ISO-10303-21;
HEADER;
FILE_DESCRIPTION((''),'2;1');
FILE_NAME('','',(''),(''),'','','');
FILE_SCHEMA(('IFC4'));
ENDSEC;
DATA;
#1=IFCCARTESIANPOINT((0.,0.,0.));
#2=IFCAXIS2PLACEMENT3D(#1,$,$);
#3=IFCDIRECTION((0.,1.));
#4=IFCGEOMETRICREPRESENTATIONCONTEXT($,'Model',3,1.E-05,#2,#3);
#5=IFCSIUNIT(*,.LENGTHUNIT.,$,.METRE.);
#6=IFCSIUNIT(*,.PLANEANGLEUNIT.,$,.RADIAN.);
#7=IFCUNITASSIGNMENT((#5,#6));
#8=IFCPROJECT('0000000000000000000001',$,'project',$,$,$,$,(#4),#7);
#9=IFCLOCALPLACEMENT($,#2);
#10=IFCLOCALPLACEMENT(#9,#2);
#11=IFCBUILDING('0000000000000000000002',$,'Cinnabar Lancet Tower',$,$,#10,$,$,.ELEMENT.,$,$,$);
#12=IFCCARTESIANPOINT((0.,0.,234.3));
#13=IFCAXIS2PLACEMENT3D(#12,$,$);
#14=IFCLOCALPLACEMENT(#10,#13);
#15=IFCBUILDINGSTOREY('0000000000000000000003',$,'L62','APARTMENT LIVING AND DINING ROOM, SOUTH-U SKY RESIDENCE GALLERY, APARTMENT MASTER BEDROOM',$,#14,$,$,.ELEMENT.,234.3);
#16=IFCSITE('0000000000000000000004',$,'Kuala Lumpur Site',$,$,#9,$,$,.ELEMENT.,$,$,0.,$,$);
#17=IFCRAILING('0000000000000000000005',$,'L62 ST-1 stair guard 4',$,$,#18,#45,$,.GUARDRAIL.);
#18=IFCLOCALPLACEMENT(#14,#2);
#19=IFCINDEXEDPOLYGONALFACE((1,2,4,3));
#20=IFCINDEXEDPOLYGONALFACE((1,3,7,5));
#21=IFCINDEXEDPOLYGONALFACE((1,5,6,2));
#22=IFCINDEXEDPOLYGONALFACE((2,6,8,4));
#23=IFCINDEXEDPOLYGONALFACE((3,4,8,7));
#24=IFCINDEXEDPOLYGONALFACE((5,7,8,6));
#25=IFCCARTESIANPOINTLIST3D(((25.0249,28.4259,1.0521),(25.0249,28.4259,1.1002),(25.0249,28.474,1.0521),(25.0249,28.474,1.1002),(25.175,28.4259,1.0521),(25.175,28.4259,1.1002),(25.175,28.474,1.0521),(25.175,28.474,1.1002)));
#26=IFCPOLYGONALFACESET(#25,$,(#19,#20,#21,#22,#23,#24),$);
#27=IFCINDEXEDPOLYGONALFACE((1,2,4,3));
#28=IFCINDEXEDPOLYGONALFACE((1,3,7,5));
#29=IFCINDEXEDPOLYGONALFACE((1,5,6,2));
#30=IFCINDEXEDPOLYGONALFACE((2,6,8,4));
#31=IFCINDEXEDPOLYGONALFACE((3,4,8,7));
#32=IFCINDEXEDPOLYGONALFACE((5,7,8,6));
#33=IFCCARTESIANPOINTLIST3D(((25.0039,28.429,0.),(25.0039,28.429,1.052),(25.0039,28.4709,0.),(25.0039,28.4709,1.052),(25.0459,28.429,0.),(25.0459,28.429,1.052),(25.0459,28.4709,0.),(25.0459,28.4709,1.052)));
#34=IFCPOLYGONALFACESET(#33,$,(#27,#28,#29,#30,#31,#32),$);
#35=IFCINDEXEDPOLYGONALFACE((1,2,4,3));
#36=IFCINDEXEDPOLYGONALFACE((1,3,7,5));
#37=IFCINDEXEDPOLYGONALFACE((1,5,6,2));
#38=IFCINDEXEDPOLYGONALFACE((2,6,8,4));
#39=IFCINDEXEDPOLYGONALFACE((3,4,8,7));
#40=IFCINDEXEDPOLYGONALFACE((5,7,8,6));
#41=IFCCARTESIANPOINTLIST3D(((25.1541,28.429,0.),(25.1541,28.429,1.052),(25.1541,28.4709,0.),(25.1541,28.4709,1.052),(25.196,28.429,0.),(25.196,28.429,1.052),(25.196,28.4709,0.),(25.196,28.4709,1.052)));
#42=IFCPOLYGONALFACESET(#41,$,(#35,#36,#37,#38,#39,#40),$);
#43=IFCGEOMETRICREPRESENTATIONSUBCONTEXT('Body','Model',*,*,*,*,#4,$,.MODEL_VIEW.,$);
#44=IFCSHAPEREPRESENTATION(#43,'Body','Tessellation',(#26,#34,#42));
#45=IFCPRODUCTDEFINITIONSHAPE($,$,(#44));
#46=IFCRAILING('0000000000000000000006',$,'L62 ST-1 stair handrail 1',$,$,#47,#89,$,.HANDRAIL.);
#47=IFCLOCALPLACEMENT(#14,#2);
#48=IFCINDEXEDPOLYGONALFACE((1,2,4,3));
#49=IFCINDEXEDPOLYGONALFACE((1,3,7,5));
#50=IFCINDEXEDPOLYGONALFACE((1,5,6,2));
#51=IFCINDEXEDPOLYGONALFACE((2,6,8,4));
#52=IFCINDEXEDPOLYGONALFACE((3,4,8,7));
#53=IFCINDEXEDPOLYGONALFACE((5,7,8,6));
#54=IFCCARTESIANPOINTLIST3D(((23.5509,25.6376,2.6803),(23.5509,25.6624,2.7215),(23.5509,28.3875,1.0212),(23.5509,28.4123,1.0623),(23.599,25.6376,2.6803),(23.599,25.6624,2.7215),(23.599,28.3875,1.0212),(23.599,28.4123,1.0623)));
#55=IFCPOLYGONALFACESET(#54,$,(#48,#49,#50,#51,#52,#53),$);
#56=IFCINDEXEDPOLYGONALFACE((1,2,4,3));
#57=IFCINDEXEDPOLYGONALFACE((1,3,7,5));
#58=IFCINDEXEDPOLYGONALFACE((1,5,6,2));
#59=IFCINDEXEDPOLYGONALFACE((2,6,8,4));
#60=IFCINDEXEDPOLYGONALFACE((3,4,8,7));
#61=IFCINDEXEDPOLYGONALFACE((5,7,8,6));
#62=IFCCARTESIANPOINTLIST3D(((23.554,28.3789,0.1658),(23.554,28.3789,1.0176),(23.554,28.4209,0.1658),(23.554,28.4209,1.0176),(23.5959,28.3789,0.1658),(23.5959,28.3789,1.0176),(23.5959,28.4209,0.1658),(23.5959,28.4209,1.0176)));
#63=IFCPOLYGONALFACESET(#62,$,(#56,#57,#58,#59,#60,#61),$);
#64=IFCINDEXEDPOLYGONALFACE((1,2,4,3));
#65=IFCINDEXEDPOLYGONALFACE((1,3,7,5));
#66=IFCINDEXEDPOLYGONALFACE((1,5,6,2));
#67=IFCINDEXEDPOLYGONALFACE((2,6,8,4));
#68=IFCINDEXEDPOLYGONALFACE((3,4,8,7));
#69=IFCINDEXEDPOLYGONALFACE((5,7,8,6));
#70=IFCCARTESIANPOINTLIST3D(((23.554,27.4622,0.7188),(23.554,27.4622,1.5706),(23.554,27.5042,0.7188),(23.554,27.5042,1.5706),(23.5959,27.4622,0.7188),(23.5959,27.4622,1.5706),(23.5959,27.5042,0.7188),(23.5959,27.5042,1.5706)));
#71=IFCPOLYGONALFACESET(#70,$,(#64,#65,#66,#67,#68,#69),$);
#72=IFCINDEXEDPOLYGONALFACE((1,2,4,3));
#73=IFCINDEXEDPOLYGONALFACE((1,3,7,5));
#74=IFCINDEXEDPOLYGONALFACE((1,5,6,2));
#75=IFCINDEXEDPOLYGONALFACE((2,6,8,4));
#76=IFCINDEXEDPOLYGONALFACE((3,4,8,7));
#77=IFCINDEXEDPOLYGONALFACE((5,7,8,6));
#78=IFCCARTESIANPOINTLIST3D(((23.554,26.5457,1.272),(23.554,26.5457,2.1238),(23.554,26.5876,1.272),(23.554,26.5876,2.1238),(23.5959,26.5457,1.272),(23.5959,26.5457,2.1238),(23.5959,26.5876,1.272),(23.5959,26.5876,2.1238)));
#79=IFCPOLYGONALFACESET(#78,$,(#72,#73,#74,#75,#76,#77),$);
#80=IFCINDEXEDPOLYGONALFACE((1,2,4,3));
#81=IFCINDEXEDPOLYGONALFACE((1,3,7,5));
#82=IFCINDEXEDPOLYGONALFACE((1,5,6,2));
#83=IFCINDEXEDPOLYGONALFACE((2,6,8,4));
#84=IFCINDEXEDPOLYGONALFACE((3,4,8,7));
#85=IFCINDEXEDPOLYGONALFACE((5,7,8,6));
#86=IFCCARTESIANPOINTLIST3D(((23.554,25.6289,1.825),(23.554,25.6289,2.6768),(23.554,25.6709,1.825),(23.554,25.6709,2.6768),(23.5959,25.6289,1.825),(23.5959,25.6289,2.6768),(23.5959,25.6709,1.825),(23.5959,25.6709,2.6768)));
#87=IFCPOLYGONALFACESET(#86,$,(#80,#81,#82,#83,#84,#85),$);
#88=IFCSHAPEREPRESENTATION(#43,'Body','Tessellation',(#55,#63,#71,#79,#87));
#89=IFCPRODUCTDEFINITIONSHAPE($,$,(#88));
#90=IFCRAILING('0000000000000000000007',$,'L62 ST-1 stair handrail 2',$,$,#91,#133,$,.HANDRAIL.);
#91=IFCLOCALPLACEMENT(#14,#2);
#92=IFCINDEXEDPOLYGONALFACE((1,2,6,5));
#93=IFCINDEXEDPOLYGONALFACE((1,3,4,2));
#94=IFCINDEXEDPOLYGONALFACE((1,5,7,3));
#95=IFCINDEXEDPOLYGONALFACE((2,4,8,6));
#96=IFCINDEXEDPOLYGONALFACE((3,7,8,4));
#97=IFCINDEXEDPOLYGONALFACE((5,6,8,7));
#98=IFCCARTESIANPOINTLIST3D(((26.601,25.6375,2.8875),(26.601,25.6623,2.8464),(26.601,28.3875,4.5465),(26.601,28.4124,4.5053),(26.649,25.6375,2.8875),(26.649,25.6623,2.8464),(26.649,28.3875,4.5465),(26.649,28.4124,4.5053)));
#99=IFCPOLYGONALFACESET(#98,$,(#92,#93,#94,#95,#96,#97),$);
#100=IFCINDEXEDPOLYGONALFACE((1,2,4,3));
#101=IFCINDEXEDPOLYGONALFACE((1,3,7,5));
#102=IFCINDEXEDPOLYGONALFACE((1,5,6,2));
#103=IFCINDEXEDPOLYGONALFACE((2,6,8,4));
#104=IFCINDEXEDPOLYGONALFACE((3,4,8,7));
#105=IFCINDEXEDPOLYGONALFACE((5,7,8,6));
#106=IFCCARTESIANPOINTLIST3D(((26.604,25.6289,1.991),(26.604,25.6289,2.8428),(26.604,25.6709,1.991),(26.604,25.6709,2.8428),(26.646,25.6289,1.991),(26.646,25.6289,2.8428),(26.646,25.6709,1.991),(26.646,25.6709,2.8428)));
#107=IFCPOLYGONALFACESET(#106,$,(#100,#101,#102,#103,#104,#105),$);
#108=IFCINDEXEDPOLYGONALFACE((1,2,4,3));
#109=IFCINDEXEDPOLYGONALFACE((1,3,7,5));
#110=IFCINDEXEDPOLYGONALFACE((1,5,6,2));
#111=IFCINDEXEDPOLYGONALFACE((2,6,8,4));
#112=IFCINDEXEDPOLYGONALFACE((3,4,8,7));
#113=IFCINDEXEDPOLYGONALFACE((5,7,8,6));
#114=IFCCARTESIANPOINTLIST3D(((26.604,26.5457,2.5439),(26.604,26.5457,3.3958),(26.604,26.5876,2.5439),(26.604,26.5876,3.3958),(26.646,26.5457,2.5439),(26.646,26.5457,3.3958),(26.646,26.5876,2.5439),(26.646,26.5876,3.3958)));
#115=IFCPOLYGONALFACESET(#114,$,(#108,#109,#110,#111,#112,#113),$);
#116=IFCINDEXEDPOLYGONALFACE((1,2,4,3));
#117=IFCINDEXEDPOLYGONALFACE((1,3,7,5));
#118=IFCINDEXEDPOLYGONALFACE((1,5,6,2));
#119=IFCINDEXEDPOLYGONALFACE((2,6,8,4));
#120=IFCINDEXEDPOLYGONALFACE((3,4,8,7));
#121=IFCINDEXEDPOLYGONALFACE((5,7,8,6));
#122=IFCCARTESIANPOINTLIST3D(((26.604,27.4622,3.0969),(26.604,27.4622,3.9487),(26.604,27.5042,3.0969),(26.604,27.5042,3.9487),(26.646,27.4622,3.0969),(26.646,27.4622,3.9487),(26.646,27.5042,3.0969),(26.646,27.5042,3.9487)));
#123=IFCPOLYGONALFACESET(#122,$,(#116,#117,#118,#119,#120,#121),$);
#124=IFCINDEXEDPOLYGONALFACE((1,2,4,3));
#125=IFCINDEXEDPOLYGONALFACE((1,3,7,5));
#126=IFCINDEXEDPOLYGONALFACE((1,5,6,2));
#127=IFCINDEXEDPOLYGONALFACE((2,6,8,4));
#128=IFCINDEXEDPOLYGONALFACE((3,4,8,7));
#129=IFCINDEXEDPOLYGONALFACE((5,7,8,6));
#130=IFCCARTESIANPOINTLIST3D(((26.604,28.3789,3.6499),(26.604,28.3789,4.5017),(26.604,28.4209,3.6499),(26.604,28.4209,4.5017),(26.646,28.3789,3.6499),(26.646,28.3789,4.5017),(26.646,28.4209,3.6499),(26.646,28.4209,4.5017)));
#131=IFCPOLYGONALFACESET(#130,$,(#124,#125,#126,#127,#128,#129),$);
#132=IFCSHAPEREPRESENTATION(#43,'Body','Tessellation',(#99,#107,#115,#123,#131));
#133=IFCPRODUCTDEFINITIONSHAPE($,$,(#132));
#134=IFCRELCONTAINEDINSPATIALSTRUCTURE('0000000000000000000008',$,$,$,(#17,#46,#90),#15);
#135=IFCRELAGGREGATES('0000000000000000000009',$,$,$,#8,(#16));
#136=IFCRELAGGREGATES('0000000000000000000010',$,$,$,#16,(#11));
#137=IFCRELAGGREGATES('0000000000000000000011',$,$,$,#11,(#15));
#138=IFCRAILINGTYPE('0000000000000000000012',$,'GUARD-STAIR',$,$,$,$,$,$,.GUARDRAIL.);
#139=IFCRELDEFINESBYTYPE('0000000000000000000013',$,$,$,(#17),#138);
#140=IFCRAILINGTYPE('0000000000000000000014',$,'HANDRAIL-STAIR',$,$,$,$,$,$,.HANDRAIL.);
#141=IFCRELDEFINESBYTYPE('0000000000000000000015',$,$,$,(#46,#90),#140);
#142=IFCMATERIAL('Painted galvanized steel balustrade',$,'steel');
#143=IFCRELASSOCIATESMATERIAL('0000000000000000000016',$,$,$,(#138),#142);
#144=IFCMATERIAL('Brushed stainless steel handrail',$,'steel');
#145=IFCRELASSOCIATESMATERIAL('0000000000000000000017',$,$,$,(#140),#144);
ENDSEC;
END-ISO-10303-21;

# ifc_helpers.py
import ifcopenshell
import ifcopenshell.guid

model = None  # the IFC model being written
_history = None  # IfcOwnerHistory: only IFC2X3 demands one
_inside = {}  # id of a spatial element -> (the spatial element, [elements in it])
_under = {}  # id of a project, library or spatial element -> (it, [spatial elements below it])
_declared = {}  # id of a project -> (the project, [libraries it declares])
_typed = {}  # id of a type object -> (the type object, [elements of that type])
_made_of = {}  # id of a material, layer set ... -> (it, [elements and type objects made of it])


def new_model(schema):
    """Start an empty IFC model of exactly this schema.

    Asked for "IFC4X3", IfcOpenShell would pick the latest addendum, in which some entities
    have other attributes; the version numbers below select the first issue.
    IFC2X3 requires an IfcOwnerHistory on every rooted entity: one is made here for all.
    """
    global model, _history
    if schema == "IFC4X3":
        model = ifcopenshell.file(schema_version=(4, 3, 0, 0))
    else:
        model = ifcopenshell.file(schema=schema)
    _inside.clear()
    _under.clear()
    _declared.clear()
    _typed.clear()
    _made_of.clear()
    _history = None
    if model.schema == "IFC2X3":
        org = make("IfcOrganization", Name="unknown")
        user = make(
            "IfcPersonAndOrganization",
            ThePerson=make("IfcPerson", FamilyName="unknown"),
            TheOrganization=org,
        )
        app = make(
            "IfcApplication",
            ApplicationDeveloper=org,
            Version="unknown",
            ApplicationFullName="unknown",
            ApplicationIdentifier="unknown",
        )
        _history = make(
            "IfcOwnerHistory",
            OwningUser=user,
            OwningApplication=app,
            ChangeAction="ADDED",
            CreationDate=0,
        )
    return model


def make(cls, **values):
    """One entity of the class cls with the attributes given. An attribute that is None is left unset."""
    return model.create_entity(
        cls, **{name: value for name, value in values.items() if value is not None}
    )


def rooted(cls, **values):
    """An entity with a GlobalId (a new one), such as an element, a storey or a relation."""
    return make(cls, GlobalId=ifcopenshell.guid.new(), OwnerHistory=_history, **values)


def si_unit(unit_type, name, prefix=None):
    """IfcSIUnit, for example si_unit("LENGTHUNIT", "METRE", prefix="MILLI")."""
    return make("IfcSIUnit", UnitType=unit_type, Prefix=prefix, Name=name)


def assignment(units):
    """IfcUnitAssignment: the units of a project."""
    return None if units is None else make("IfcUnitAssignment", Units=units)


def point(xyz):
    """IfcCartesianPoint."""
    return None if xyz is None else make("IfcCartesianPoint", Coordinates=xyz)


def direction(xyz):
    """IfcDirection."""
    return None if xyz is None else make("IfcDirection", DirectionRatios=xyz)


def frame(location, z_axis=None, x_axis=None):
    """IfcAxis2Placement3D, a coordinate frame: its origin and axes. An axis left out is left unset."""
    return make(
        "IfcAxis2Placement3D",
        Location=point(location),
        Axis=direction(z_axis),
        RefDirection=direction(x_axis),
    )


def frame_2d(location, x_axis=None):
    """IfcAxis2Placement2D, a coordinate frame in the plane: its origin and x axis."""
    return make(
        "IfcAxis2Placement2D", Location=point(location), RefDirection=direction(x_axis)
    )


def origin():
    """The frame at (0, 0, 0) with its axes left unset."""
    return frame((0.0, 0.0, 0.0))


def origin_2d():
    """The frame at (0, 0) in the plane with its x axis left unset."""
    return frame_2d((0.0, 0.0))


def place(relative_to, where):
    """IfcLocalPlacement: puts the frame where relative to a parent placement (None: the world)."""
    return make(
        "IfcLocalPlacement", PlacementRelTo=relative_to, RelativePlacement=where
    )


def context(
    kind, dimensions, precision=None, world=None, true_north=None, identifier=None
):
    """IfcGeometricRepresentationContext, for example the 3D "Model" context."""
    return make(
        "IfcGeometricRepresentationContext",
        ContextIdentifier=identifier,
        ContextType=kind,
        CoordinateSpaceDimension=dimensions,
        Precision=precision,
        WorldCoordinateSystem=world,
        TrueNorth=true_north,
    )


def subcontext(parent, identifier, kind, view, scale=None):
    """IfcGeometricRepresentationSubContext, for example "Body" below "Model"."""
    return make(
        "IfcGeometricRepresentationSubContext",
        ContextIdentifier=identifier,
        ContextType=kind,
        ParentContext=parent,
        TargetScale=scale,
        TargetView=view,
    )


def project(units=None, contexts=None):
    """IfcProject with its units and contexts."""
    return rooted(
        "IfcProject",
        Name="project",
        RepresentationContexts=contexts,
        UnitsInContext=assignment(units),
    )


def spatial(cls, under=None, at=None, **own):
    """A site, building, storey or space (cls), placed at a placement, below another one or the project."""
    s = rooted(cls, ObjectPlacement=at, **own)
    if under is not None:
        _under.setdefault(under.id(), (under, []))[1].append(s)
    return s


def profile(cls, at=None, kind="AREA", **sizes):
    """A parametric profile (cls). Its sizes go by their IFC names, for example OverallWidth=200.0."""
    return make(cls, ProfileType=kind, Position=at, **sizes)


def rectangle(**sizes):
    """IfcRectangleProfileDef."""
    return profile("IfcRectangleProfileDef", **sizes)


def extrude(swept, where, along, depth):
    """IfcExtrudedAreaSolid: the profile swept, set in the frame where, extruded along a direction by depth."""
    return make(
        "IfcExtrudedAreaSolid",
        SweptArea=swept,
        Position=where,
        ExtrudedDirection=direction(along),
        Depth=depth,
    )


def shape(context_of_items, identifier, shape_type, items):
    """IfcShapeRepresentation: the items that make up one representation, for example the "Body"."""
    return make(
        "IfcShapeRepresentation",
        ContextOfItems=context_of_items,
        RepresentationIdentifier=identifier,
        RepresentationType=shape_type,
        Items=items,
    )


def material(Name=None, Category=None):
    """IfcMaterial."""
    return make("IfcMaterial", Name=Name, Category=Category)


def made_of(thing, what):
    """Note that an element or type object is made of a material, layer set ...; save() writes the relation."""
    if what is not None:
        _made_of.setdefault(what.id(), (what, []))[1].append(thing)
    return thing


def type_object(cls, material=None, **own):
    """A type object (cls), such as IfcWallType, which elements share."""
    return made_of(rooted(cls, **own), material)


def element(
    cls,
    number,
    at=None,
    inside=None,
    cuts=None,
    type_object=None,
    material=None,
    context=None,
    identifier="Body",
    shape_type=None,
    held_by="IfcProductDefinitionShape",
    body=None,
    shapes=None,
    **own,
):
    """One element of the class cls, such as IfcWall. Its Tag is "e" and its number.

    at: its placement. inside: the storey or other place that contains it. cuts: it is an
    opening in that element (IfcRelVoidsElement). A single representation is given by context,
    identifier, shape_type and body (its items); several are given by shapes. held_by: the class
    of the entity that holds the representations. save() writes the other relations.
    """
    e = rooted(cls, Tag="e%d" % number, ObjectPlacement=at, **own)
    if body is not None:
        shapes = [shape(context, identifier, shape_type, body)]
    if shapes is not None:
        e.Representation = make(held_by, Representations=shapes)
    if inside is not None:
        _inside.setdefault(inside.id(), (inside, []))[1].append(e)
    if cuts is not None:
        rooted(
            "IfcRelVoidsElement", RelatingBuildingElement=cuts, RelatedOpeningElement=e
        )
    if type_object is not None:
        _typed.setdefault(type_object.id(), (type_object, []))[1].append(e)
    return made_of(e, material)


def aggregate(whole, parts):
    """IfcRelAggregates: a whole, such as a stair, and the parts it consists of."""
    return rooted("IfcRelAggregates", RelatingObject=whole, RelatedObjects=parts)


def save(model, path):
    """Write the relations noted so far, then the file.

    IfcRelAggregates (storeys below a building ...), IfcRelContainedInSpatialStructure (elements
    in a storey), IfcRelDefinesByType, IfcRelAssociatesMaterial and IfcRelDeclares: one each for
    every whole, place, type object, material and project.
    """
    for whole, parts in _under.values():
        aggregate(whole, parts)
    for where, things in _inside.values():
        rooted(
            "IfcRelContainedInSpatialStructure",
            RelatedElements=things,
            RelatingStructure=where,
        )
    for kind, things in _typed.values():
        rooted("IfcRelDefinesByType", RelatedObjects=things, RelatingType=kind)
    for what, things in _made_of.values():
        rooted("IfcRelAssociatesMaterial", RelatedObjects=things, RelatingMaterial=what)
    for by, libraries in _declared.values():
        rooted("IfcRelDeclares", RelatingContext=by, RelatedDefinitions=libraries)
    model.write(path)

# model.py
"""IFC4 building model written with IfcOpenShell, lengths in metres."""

from ifc_helpers import new_model, si_unit, direction, frame, origin, origin_2d, place, context, subcontext, project, spatial, rectangle, extrude, material, type_object, element, save


model = new_model("IFC4")

# Units and contexts
model_context = context("Model", 3, precision=1e-05, world=origin(), true_north=direction((0.0, 1.0)))
body_context = subcontext(model_context, "Body", "Model", "MODEL_VIEW")
ifc_project = project(units=[si_unit("LENGTHUNIT", "METRE"), si_unit("PLANEANGLEUNIT", "RADIAN")], contexts=[model_context])

# Site, building, storey
site_placement = place(None, origin())
site = spatial("IfcSite", under=ifc_project, at=site_placement, Name="Kuala Lumpur Site", CompositionType="ELEMENT", RefElevation=0.0)
building_placement = place(site_placement, origin())
building = spatial("IfcBuilding", under=site, at=building_placement, Name="Cinnabar Lancet Tower", CompositionType="ELEMENT")
storey_placement = place(building_placement, frame((0.0, 0.0, 234.3)))
storey = spatial("IfcBuildingStorey", under=building, at=storey_placement, Name="L62", Description="APARTMENT LIVING AND DINING ROOM, SOUTH-U SKY RESIDENCE GALLERY, APARTMENT MASTER BEDROOM", CompositionType="ELEMENT", Elevation=234.3)

# Railings
ifc_material_1 = material(Name="Painted galvanized steel balustrade", Category="steel")
railing_type_1 = type_object("IfcRailingType", Name="GUARD-STAIR", PredefinedType="GUARDRAIL", material=ifc_material_1)
railing_1_placement = place(storey_placement, frame((25.0249, 28.45, 0.0)))
element("IfcRailing", 1, at=railing_1_placement, inside=storey, type_object=railing_type_1, Name="L62 ST-1 stair guard 4", PredefinedType="GUARDRAIL", context=body_context, shape_type="SweptSolid", body=[
    extrude(rectangle(XDim=0.0481, YDim=0.0481, at=origin_2d()), frame((0.0, 0.0, 1.0762), z_axis=(1.0, 0.0, 0.0), x_axis=(0.0, 1.0, 0.0)), (0.0, 0.0, 1.0), 0.1501),
    extrude(rectangle(XDim=0.042, YDim=0.042, at=origin_2d()), origin(), (0.0, 0.0, 1.0), 1.052),
    extrude(rectangle(XDim=0.042, YDim=0.042, at=origin_2d()), frame((0.1501, 0.0, 0.0)), (0.0, 0.0, 1.0), 1.052),
])
ifc_material_2 = material(Name="Brushed stainless steel handrail", Category="steel")
railing_type_2 = type_object("IfcRailingType", Name="HANDRAIL-STAIR", PredefinedType="HANDRAIL", material=ifc_material_2)
railing_2_placement = place(storey_placement, frame((23.575, 28.3999, 0.1658)))
element("IfcRailing", 2, at=railing_2_placement, inside=storey, type_object=railing_type_2, Name="L62 ST-1 stair handrail 1", PredefinedType="HANDRAIL", context=body_context, shape_type="SweptSolid", body=[
    extrude(rectangle(XDim=0.0481, YDim=0.0481, at=origin_2d()), frame((0.0, 0.0, 0.876), z_axis=(0.0, -0.856229, 0.516596), x_axis=(1.0, 0.0, 0.0)), (0.0, 0.0, 1.0), 3.2117),
    extrude(rectangle(XDim=0.042, YDim=0.042, at=origin_2d()), origin(), (0.0, 0.0, 1.0), 0.8518),
    extrude(rectangle(XDim=0.042, YDim=0.042, at=origin_2d()), frame((0.0, -0.9167, 0.553)), (0.0, 0.0, 1.0), 0.8518),
    extrude(rectangle(XDim=0.042, YDim=0.042, at=origin_2d()), frame((0.0, -1.8333, 1.1062)), (0.0, 0.0, 1.0), 0.8518),
    extrude(rectangle(XDim=0.042, YDim=0.042, at=origin_2d()), frame((0.0, -2.75, 1.6592)), (0.0, 0.0, 1.0), 0.8518),
])
railing_3_placement = place(storey_placement, frame((26.625, 25.6499, 1.991)))
element("IfcRailing", 3, at=railing_3_placement, inside=storey, type_object=railing_type_2, Name="L62 ST-1 stair handrail 2", PredefinedType="HANDRAIL", context=body_context, shape_type="SweptSolid", body=[
    extrude(rectangle(XDim=0.0481, YDim=0.0481, at=origin_2d()), frame((0.0, 0.0, 0.876), z_axis=(0.0, 0.856263, 0.51654), x_axis=(-1.0, 0.0, 0.0)), (0.0, 0.0, 1.0), 3.2117),
    extrude(rectangle(XDim=0.042, YDim=0.042, at=origin_2d()), origin(), (0.0, 0.0, 1.0), 0.8518),
    extrude(rectangle(XDim=0.042, YDim=0.042, at=origin_2d()), frame((0.0, 0.9167, 0.553)), (0.0, 0.0, 1.0), 0.8518),
    extrude(rectangle(XDim=0.042, YDim=0.042, at=origin_2d()), frame((0.0, 1.8333, 1.106)), (0.0, 0.0, 1.0), 0.8518),
    extrude(rectangle(XDim=0.042, YDim=0.042, at=origin_2d()), frame((0.0, 2.75, 1.6589)), (0.0, 0.0, 1.0), 0.8518),
])

save(model, "model.ifc")
